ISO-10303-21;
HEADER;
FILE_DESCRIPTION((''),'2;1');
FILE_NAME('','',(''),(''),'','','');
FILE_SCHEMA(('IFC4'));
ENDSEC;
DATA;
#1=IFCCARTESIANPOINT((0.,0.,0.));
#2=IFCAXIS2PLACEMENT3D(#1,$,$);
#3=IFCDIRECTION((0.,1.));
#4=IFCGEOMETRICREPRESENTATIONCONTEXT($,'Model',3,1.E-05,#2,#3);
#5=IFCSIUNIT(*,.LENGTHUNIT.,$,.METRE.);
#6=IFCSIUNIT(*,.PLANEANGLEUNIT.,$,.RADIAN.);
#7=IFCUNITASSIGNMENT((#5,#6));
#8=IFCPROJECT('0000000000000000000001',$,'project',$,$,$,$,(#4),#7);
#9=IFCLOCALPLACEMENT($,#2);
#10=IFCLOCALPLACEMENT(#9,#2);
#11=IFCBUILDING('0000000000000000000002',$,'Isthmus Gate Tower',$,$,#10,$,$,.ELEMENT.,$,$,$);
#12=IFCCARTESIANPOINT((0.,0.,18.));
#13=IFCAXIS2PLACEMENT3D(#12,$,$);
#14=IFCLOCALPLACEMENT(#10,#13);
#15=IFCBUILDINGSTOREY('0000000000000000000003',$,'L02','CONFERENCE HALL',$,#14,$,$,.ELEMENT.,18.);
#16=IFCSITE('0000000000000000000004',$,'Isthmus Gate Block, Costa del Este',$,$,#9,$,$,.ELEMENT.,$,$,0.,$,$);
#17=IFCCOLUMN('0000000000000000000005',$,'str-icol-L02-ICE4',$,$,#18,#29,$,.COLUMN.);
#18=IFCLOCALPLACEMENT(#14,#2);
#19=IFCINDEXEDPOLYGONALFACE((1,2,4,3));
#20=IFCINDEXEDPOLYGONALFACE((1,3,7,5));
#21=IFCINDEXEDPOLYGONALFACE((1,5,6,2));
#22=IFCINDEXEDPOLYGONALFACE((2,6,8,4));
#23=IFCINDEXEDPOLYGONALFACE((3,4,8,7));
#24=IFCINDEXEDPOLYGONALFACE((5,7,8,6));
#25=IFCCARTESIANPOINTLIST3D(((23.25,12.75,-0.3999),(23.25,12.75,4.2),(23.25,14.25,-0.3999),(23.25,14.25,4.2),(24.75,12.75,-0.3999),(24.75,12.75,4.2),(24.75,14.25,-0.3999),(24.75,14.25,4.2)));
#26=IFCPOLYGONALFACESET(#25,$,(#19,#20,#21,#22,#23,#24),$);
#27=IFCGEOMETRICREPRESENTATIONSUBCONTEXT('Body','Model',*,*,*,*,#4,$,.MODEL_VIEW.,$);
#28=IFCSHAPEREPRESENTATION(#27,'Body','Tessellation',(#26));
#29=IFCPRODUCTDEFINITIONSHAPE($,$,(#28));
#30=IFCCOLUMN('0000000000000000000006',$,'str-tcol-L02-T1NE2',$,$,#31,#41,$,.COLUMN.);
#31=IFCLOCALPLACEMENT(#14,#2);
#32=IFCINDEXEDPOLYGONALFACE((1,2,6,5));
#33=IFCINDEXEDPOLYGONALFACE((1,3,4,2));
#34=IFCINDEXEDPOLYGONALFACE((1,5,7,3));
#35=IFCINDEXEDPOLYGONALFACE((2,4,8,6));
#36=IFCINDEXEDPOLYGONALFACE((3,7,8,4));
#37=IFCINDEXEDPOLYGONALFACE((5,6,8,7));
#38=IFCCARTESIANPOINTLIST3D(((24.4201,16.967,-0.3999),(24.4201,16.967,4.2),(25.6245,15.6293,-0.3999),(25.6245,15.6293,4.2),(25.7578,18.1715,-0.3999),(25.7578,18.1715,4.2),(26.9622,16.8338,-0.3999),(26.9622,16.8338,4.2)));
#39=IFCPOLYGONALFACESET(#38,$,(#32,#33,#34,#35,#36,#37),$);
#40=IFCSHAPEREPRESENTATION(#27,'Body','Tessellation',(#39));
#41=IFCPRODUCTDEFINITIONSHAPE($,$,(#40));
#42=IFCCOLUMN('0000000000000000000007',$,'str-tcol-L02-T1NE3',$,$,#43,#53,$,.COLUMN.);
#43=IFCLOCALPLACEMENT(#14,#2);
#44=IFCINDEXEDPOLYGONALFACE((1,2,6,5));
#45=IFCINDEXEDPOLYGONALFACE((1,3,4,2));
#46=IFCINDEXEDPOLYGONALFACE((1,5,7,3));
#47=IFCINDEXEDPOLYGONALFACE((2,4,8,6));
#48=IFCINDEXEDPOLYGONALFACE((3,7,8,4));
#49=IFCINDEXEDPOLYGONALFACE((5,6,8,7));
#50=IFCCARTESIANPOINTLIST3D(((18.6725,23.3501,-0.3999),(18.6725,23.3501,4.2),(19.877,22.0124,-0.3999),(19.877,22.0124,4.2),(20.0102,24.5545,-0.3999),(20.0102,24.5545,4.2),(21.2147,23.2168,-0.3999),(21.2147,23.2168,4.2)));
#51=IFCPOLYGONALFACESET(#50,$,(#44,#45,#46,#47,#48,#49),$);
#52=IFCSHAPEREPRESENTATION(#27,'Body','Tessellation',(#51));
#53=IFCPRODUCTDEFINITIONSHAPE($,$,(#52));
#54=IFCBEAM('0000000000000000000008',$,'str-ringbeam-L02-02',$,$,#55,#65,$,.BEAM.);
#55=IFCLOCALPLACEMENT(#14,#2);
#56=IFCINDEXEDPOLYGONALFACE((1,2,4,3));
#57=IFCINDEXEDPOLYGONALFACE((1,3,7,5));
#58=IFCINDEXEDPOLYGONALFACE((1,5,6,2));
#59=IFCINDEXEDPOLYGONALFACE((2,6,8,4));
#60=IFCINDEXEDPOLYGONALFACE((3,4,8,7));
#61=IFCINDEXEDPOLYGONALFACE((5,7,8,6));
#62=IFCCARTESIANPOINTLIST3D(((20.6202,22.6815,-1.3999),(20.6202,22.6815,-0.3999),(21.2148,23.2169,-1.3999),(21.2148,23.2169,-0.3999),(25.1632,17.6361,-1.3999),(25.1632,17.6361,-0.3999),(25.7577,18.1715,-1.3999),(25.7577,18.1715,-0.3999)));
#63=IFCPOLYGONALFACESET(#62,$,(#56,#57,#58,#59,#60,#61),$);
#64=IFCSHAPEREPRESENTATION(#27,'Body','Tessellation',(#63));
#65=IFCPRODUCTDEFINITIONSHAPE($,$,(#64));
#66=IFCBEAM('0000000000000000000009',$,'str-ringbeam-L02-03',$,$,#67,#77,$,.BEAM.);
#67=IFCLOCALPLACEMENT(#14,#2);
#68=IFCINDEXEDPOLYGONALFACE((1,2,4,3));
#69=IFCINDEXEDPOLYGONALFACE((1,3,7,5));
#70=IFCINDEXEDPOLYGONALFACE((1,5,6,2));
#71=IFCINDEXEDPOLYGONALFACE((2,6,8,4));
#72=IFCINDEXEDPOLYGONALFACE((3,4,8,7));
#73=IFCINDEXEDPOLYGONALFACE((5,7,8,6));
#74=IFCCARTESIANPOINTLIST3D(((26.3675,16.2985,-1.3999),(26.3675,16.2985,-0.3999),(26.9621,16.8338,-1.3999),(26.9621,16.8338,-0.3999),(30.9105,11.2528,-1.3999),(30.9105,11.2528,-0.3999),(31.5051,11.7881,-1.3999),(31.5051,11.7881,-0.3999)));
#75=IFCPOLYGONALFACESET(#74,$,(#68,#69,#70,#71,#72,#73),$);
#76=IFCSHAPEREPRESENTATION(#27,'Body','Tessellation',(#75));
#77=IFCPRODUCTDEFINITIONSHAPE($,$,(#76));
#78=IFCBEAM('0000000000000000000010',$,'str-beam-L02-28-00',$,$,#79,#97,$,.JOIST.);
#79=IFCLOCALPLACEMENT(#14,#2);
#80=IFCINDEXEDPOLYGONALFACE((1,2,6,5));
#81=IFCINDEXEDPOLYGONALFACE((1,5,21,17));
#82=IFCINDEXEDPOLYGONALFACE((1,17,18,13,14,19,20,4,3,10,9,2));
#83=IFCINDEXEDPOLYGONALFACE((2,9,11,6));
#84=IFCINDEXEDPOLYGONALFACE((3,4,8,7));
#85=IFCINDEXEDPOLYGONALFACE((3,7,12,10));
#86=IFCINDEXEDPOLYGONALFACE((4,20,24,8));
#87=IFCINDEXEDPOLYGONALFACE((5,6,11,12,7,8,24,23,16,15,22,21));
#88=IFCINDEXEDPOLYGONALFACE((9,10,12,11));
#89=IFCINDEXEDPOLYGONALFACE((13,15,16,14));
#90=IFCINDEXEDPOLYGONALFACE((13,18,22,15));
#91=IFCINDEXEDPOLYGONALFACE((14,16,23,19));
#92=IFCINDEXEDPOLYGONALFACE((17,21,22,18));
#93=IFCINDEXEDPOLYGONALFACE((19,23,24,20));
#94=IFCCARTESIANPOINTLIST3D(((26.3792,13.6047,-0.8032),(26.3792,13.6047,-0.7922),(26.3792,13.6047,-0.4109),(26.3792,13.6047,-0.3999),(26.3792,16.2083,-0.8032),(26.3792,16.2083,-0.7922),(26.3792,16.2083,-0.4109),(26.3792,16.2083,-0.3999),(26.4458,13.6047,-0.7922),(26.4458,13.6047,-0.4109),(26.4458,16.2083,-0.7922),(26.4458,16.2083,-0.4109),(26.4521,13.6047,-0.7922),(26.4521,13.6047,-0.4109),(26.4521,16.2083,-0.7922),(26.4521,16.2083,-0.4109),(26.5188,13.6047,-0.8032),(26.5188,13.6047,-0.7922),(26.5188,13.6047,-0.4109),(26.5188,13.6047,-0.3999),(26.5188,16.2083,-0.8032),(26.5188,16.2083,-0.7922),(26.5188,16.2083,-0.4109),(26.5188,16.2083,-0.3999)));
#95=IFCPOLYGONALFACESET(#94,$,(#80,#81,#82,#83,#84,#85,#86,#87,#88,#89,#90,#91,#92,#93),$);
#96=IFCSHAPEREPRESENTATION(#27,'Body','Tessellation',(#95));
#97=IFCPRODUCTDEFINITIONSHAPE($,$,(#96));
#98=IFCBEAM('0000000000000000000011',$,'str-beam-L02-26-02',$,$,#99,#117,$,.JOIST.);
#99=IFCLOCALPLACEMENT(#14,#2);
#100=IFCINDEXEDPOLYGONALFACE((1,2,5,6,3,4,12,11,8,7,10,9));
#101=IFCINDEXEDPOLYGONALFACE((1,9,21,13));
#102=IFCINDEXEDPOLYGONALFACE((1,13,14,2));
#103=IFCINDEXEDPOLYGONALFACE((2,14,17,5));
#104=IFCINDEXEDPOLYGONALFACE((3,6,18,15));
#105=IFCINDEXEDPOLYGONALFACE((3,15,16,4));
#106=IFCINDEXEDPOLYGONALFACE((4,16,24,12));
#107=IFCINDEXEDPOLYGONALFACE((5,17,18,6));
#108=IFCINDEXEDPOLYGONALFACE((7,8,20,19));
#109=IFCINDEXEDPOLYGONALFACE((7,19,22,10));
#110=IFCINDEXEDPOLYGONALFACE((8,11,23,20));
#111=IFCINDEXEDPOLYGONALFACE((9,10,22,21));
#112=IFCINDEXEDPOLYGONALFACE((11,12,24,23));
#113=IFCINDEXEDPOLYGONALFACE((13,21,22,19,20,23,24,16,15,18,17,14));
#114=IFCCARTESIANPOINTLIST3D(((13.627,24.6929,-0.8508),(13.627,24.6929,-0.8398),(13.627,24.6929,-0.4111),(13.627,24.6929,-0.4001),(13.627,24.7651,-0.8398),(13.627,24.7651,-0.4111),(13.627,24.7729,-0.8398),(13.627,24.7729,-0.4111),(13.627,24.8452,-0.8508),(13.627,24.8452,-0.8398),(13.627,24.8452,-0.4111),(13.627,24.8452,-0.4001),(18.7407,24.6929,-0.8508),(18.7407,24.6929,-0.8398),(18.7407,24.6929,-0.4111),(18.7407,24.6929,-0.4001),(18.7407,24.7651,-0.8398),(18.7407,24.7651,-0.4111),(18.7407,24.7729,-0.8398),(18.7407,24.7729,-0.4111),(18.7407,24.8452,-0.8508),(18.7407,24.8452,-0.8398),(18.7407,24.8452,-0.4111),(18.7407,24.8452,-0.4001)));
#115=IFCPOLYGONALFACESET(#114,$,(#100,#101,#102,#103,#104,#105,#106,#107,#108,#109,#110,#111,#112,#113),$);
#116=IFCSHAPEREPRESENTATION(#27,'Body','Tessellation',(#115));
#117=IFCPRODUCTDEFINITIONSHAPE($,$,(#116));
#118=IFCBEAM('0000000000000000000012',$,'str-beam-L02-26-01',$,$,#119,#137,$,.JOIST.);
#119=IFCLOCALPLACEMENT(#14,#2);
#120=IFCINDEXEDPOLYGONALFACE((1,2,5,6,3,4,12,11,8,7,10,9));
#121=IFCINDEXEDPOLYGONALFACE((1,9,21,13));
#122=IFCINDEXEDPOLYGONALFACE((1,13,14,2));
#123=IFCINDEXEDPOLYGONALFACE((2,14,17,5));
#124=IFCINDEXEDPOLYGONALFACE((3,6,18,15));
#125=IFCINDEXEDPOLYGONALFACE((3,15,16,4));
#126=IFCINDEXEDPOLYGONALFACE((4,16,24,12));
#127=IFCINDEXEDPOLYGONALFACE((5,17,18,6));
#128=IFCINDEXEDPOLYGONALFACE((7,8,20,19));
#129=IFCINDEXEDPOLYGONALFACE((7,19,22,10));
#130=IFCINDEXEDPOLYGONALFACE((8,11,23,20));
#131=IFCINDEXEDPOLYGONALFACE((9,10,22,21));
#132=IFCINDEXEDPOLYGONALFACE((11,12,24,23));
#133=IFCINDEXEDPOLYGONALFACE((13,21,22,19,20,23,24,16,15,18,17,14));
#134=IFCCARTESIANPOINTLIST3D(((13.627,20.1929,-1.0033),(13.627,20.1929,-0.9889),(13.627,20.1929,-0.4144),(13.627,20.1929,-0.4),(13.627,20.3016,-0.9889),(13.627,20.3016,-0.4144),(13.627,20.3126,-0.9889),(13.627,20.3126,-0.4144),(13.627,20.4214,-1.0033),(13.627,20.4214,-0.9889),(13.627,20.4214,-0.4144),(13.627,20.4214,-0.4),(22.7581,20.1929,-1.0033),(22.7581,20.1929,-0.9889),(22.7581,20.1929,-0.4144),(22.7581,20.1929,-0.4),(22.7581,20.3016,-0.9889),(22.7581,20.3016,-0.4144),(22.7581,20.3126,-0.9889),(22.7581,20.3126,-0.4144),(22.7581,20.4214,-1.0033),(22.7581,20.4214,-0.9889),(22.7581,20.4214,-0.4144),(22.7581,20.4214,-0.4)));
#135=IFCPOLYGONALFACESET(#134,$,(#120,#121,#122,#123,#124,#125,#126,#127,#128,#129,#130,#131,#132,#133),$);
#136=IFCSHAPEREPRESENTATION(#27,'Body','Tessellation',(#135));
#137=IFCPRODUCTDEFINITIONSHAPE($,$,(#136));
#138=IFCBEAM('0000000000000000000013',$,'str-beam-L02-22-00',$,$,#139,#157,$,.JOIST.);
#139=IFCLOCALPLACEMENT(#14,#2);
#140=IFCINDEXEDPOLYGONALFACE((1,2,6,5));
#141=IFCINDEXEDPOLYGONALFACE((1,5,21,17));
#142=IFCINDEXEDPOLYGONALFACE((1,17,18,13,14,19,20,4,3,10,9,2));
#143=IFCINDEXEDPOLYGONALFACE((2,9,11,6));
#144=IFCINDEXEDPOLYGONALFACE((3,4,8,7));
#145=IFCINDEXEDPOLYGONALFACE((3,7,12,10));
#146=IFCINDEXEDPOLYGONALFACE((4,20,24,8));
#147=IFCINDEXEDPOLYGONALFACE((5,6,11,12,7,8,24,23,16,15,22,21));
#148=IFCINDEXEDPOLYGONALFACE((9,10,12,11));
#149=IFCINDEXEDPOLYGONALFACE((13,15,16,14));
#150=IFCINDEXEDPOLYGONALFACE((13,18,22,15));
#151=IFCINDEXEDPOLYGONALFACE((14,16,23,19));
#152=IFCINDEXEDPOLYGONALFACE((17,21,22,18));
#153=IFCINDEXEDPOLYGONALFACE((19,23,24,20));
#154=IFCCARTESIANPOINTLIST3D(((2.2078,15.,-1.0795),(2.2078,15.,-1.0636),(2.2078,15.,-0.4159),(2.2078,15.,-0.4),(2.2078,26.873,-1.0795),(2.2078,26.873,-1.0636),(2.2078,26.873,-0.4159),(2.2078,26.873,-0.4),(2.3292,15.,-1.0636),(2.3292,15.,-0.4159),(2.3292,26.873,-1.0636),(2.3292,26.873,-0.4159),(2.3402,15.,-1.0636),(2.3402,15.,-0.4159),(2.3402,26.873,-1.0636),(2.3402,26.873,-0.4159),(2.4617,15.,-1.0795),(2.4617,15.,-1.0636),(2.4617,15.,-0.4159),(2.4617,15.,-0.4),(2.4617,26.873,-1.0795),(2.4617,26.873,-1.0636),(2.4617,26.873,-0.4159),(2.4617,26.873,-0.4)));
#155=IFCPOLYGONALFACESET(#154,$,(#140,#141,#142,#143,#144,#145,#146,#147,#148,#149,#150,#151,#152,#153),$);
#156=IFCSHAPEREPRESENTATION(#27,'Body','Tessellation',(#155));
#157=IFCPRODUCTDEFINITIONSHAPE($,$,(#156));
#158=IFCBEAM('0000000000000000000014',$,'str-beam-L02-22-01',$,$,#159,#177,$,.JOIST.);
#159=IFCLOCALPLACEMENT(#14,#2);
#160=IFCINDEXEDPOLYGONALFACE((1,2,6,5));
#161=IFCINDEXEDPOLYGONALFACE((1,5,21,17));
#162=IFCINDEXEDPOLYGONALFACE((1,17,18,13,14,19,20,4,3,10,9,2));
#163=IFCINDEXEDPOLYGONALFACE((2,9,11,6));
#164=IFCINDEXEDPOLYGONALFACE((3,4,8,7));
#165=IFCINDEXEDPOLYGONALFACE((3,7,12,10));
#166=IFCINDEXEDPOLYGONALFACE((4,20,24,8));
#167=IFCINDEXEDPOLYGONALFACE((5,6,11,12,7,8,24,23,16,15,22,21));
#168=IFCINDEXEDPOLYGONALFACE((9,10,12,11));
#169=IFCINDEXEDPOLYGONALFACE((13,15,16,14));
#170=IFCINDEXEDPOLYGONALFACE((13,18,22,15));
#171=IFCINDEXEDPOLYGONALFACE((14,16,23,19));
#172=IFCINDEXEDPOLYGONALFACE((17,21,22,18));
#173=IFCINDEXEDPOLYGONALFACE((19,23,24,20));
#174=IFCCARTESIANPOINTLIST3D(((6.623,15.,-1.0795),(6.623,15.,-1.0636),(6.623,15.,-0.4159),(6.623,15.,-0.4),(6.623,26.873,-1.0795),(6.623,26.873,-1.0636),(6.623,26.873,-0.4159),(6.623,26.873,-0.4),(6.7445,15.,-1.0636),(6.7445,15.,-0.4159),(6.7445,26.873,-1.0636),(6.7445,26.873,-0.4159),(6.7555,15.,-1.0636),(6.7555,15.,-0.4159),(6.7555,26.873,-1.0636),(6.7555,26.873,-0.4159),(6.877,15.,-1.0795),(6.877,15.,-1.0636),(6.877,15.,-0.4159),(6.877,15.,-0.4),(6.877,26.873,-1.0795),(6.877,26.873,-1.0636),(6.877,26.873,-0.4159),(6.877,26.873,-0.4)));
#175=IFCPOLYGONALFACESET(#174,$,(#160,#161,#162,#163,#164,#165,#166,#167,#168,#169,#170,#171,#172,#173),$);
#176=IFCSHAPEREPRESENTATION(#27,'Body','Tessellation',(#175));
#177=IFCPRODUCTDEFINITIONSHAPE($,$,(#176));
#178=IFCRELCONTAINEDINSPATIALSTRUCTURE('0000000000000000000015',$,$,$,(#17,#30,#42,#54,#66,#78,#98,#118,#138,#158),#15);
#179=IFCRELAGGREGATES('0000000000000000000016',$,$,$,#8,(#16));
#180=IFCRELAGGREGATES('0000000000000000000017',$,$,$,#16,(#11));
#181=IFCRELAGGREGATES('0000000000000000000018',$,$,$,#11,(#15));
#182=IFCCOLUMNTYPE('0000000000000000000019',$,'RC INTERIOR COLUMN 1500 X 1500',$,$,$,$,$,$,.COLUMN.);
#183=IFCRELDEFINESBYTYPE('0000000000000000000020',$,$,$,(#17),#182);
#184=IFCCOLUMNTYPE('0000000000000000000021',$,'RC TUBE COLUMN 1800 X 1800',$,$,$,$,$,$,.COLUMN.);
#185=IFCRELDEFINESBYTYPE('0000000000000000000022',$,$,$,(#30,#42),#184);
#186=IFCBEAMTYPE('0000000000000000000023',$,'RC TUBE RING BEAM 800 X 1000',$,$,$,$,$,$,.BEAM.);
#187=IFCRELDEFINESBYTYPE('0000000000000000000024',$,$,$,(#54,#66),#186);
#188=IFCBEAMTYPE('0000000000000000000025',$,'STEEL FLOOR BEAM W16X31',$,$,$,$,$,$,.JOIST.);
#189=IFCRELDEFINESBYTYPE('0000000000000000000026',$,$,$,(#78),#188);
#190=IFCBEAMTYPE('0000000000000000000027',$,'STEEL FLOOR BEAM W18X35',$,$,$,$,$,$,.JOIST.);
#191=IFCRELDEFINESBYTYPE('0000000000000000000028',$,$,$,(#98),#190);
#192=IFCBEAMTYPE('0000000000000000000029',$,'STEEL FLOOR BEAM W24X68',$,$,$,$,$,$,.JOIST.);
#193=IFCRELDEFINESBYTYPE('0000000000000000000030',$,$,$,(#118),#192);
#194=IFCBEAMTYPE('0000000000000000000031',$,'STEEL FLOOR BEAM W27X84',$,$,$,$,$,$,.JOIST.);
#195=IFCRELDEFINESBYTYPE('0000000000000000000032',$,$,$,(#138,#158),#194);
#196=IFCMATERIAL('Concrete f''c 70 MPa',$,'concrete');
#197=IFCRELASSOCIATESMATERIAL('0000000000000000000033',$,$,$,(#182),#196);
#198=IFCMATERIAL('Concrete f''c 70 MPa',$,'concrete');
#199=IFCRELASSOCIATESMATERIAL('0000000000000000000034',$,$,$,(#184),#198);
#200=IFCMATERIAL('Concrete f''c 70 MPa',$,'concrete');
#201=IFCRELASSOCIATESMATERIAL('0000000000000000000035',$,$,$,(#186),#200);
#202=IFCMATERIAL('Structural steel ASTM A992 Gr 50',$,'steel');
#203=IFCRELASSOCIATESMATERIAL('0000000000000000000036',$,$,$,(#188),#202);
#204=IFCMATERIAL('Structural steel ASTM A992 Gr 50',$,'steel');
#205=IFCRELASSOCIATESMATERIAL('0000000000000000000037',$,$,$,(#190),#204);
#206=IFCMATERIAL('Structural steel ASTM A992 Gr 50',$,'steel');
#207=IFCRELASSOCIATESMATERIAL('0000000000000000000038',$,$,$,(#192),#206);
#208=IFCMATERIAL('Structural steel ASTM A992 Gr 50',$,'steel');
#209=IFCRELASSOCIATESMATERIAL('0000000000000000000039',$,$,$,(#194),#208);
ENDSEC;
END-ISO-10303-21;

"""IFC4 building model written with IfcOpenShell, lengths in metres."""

from ifc_helpers import new_model, si_unit, direction, frame, origin, origin_2d, place, context, subcontext, project, spatial, rectangle, i_section, extrude, material, material_profile, profile_set, type_object, element, save


model = new_model("IFC4")

# Units and contexts
model_context = context("Model", 3, precision=1e-05, world=origin(), true_north=direction((0.0, 1.0)))
body_context = subcontext(model_context, "Body", "Model", "MODEL_VIEW")
ifc_project = project(units=[si_unit("LENGTHUNIT", "METRE"), si_unit("PLANEANGLEUNIT", "RADIAN")], contexts=[model_context])

# Site, building, storey
site_placement = place(None, origin())
site = spatial("IfcSite", under=ifc_project, at=site_placement, Name="Isthmus Gate Block, Costa del Este", CompositionType="ELEMENT", RefElevation=0.0)
building_placement = place(site_placement, origin())
building = spatial("IfcBuilding", under=site, at=building_placement, Name="Isthmus Gate Tower", CompositionType="ELEMENT")
storey_placement = place(building_placement, frame((0.0, 0.0, 18.0)))
storey = spatial("IfcBuildingStorey", under=building, at=storey_placement, Name="L02", Description="CONFERENCE HALL", CompositionType="ELEMENT", Elevation=18.0)

# Columns
ifc_material_1 = material(Name="Concrete f'c 70 MPa", Category="concrete")
ifc_material_profile_1 = material_profile(ifc_material_1, rectangle(XDim=1.5, YDim=1.5, at=origin_2d()), Name="RC 1500X1500")
ifc_profile_set_1 = profile_set([ifc_material_profile_1], Name="Concrete f'c 70 MPa")
column_type_1 = type_object("IfcColumnType", Name="RC INTERIOR COLUMN 1500 X 1500", PredefinedType="COLUMN", material=ifc_profile_set_1)
column_placement = place(storey_placement, frame((24.0, 13.5, -0.3999), z_axis=(0.0, 0.0, 1.0), x_axis=(1.0, 0.0, 0.0)))
element("IfcColumn", 1, at=column_placement, inside=storey, type_object=column_type_1, Name="str-icol-L02-ICE4", PredefinedType="COLUMN", context=body_context, shape_type="SweptSolid", body=[
    extrude(rectangle(XDim=1.5, YDim=1.5, at=origin_2d()), origin(), (0.0, 0.0, 1.0), 4.5999),
])
ifc_material_2 = material(Name="Concrete f'c 70 MPa", Category="concrete")
ifc_material_profile_2 = material_profile(ifc_material_2, rectangle(XDim=1.8, YDim=1.8, at=origin_2d()), Name="RC 1800X1800")
ifc_profile_set_2 = profile_set([ifc_material_profile_2], Name="Concrete f'c 70 MPa")
column_type_2 = type_object("IfcColumnType", Name="RC TUBE COLUMN 1800 X 1800", PredefinedType="COLUMN", material=ifc_profile_set_2)
for number, where, z_axis, x_axis, name in (
    (2, (25.6912, 16.9004, -0.3999), (0.0, 0.0, 1.0), (-0.669131, 0.743145, 0.0), "str-tcol-L02-T1NE2"),
    (3, (19.9436, 23.2834, -0.3999), (0.0, 0.0, 1.0), (-0.669131, 0.743145, 0.0), "str-tcol-L02-T1NE3"),
):
    element("IfcColumn", number, at=place(storey_placement, frame(where, z_axis=z_axis, x_axis=x_axis)), inside=storey, type_object=column_type_2, Name=name, PredefinedType="COLUMN", context=body_context, shape_type="SweptSolid", body=[
        extrude(rectangle(XDim=1.8, YDim=1.8, at=origin_2d()), origin(), (0.0, 0.0, 1.0), 4.5999),
    ])

# Beams
ifc_material_3 = material(Name="Concrete f'c 70 MPa", Category="concrete")
ifc_material_profile_3 = material_profile(ifc_material_3, rectangle(XDim=0.8, YDim=1.0, at=origin_2d()), Name="RC 800X1000")
ifc_profile_set_3 = profile_set([ifc_material_profile_3], Name="Concrete f'c 70 MPa")
beam_type_1 = type_object("IfcBeamType", Name="RC TUBE RING BEAM 800 X 1000", PredefinedType="BEAM", material=ifc_profile_set_3)
beam_1_placement = place(storey_placement, frame((20.9175, 22.9492, -0.8999), z_axis=(0.669136, -0.74314, 0.0), x_axis=(0.74314, 0.669136, 0.0)))
element("IfcBeam", 4, at=beam_1_placement, inside=storey, type_object=beam_type_1, Name="str-ringbeam-L02-02", PredefinedType="BEAM", context=body_context, shape_type="SweptSolid", body=[
    extrude(rectangle(XDim=0.8, YDim=1.0, at=origin_2d()), origin(), (0.0, 0.0, 1.0), 6.7893),
])
beam_2_placement = place(storey_placement, frame((26.6648, 16.5662, -0.8999), z_axis=(0.669118, -0.743156, 0.0), x_axis=(0.743156, 0.669118, 0.0)))
element("IfcBeam", 5, at=beam_2_placement, inside=storey, type_object=beam_type_1, Name="str-ringbeam-L02-03", PredefinedType="BEAM", context=body_context, shape_type="SweptSolid", body=[
    extrude(rectangle(XDim=0.8, YDim=1.0, at=origin_2d()), origin(), (0.0, 0.0, 1.0), 6.7896),
])
ifc_material_4 = material(Name="Structural steel ASTM A992 Gr 50", Category="steel")
ifc_material_profile_4 = material_profile(ifc_material_4, i_section(OverallWidth=0.1396, OverallDepth=0.4033, WebThickness=0.0063, FlangeThickness=0.011, at=origin_2d()), Name="W16X31")
ifc_profile_set_4 = profile_set([ifc_material_profile_4], Name="Structural steel ASTM A992 Gr 50")
beam_type_2 = type_object("IfcBeamType", Name="STEEL FLOOR BEAM W16X31", PredefinedType="JOIST", material=ifc_profile_set_4)
beam_3_placement = place(storey_placement, frame((26.449, 13.6047, -0.6016), z_axis=(0.0, 1.0, 0.0), x_axis=(-1.0, 0.0, 0.0)))
element("IfcBeam", 6, at=beam_3_placement, inside=storey, type_object=beam_type_2, Name="str-beam-L02-28-00", PredefinedType="JOIST", context=body_context, shape_type="SweptSolid", body=[
    extrude(i_section(OverallWidth=0.1396, OverallDepth=0.4033, WebThickness=0.0063, FlangeThickness=0.011, at=origin_2d()), origin(), (0.0, 0.0, 1.0), 2.6035),
])
ifc_material_5 = material(Name="Structural steel ASTM A992 Gr 50", Category="steel")
ifc_material_profile_5 = material_profile(ifc_material_5, i_section(OverallWidth=0.1523, OverallDepth=0.4507, WebThickness=0.0078, FlangeThickness=0.011, at=origin_2d()), Name="W18X35")
ifc_profile_set_5 = profile_set([ifc_material_profile_5], Name="Structural steel ASTM A992 Gr 50")
beam_type_3 = type_object("IfcBeamType", Name="STEEL FLOOR BEAM W18X35", PredefinedType="JOIST", material=ifc_profile_set_5)
beam_4_placement = place(storey_placement, frame((13.627, 24.769, -0.6255), z_axis=(1.0, 0.0, 0.0), x_axis=(0.0, 1.0, 0.0)))
element("IfcBeam", 7, at=beam_4_placement, inside=storey, type_object=beam_type_3, Name="str-beam-L02-26-02", PredefinedType="JOIST", context=body_context, shape_type="SweptSolid", body=[
    extrude(i_section(OverallWidth=0.1523, OverallDepth=0.4507, WebThickness=0.0078, FlangeThickness=0.011, at=origin_2d()), origin(), (0.0, 0.0, 1.0), 5.1138),
])
ifc_material_6 = material(Name="Structural steel ASTM A992 Gr 50", Category="steel")
ifc_material_profile_6 = material_profile(ifc_material_6, i_section(OverallWidth=0.2285, OverallDepth=0.6033, WebThickness=0.011, FlangeThickness=0.0144, at=origin_2d()), Name="W24X68")
ifc_profile_set_6 = profile_set([ifc_material_profile_6], Name="Structural steel ASTM A992 Gr 50")
beam_type_4 = type_object("IfcBeamType", Name="STEEL FLOOR BEAM W24X68", PredefinedType="JOIST", material=ifc_profile_set_6)
beam_5_placement = place(storey_placement, frame((13.627, 20.3071, -0.7017), z_axis=(1.0, 0.0, 0.0), x_axis=(0.0, 1.0, 0.0)))
element("IfcBeam", 8, at=beam_5_placement, inside=storey, type_object=beam_type_4, Name="str-beam-L02-26-01", PredefinedType="JOIST", context=body_context, shape_type="SweptSolid", body=[
    extrude(i_section(OverallWidth=0.2285, OverallDepth=0.6033, WebThickness=0.011, FlangeThickness=0.0144, at=origin_2d()), origin(), (0.0, 0.0, 1.0), 9.1311),
])
ifc_material_7 = material(Name="Structural steel ASTM A992 Gr 50", Category="steel")
ifc_material_profile_7 = material_profile(ifc_material_7, i_section(OverallWidth=0.2539, OverallDepth=0.6794, WebThickness=0.011, FlangeThickness=0.0159, at=origin_2d()), Name="W27X84")
ifc_profile_set_7 = profile_set([ifc_material_profile_7], Name="Structural steel ASTM A992 Gr 50")
beam_type_5 = type_object("IfcBeamType", Name="STEEL FLOOR BEAM W27X84", PredefinedType="JOIST", material=ifc_profile_set_7)
for number, where, z_axis, x_axis, name in (
    (9, (2.3347, 15.0, -0.7397), (0.0, 1.0, 0.0), (-1.0, 0.0, 0.0), "str-beam-L02-22-00"),
    (10, (6.75, 15.0, -0.7397), (0.0, 1.0, 0.0), (-1.0, 0.0, 0.0), "str-beam-L02-22-01"),
):
    element("IfcBeam", number, at=place(storey_placement, frame(where, z_axis=z_axis, x_axis=x_axis)), inside=storey, type_object=beam_type_5, Name=name, PredefinedType="JOIST", context=body_context, shape_type="SweptSolid", body=[
        extrude(i_section(OverallWidth=0.2539, OverallDepth=0.6794, WebThickness=0.011, FlangeThickness=0.0159, at=origin_2d()), origin(), (0.0, 0.0, 1.0), 11.873),
    ])

save(model, "model.ifc")
